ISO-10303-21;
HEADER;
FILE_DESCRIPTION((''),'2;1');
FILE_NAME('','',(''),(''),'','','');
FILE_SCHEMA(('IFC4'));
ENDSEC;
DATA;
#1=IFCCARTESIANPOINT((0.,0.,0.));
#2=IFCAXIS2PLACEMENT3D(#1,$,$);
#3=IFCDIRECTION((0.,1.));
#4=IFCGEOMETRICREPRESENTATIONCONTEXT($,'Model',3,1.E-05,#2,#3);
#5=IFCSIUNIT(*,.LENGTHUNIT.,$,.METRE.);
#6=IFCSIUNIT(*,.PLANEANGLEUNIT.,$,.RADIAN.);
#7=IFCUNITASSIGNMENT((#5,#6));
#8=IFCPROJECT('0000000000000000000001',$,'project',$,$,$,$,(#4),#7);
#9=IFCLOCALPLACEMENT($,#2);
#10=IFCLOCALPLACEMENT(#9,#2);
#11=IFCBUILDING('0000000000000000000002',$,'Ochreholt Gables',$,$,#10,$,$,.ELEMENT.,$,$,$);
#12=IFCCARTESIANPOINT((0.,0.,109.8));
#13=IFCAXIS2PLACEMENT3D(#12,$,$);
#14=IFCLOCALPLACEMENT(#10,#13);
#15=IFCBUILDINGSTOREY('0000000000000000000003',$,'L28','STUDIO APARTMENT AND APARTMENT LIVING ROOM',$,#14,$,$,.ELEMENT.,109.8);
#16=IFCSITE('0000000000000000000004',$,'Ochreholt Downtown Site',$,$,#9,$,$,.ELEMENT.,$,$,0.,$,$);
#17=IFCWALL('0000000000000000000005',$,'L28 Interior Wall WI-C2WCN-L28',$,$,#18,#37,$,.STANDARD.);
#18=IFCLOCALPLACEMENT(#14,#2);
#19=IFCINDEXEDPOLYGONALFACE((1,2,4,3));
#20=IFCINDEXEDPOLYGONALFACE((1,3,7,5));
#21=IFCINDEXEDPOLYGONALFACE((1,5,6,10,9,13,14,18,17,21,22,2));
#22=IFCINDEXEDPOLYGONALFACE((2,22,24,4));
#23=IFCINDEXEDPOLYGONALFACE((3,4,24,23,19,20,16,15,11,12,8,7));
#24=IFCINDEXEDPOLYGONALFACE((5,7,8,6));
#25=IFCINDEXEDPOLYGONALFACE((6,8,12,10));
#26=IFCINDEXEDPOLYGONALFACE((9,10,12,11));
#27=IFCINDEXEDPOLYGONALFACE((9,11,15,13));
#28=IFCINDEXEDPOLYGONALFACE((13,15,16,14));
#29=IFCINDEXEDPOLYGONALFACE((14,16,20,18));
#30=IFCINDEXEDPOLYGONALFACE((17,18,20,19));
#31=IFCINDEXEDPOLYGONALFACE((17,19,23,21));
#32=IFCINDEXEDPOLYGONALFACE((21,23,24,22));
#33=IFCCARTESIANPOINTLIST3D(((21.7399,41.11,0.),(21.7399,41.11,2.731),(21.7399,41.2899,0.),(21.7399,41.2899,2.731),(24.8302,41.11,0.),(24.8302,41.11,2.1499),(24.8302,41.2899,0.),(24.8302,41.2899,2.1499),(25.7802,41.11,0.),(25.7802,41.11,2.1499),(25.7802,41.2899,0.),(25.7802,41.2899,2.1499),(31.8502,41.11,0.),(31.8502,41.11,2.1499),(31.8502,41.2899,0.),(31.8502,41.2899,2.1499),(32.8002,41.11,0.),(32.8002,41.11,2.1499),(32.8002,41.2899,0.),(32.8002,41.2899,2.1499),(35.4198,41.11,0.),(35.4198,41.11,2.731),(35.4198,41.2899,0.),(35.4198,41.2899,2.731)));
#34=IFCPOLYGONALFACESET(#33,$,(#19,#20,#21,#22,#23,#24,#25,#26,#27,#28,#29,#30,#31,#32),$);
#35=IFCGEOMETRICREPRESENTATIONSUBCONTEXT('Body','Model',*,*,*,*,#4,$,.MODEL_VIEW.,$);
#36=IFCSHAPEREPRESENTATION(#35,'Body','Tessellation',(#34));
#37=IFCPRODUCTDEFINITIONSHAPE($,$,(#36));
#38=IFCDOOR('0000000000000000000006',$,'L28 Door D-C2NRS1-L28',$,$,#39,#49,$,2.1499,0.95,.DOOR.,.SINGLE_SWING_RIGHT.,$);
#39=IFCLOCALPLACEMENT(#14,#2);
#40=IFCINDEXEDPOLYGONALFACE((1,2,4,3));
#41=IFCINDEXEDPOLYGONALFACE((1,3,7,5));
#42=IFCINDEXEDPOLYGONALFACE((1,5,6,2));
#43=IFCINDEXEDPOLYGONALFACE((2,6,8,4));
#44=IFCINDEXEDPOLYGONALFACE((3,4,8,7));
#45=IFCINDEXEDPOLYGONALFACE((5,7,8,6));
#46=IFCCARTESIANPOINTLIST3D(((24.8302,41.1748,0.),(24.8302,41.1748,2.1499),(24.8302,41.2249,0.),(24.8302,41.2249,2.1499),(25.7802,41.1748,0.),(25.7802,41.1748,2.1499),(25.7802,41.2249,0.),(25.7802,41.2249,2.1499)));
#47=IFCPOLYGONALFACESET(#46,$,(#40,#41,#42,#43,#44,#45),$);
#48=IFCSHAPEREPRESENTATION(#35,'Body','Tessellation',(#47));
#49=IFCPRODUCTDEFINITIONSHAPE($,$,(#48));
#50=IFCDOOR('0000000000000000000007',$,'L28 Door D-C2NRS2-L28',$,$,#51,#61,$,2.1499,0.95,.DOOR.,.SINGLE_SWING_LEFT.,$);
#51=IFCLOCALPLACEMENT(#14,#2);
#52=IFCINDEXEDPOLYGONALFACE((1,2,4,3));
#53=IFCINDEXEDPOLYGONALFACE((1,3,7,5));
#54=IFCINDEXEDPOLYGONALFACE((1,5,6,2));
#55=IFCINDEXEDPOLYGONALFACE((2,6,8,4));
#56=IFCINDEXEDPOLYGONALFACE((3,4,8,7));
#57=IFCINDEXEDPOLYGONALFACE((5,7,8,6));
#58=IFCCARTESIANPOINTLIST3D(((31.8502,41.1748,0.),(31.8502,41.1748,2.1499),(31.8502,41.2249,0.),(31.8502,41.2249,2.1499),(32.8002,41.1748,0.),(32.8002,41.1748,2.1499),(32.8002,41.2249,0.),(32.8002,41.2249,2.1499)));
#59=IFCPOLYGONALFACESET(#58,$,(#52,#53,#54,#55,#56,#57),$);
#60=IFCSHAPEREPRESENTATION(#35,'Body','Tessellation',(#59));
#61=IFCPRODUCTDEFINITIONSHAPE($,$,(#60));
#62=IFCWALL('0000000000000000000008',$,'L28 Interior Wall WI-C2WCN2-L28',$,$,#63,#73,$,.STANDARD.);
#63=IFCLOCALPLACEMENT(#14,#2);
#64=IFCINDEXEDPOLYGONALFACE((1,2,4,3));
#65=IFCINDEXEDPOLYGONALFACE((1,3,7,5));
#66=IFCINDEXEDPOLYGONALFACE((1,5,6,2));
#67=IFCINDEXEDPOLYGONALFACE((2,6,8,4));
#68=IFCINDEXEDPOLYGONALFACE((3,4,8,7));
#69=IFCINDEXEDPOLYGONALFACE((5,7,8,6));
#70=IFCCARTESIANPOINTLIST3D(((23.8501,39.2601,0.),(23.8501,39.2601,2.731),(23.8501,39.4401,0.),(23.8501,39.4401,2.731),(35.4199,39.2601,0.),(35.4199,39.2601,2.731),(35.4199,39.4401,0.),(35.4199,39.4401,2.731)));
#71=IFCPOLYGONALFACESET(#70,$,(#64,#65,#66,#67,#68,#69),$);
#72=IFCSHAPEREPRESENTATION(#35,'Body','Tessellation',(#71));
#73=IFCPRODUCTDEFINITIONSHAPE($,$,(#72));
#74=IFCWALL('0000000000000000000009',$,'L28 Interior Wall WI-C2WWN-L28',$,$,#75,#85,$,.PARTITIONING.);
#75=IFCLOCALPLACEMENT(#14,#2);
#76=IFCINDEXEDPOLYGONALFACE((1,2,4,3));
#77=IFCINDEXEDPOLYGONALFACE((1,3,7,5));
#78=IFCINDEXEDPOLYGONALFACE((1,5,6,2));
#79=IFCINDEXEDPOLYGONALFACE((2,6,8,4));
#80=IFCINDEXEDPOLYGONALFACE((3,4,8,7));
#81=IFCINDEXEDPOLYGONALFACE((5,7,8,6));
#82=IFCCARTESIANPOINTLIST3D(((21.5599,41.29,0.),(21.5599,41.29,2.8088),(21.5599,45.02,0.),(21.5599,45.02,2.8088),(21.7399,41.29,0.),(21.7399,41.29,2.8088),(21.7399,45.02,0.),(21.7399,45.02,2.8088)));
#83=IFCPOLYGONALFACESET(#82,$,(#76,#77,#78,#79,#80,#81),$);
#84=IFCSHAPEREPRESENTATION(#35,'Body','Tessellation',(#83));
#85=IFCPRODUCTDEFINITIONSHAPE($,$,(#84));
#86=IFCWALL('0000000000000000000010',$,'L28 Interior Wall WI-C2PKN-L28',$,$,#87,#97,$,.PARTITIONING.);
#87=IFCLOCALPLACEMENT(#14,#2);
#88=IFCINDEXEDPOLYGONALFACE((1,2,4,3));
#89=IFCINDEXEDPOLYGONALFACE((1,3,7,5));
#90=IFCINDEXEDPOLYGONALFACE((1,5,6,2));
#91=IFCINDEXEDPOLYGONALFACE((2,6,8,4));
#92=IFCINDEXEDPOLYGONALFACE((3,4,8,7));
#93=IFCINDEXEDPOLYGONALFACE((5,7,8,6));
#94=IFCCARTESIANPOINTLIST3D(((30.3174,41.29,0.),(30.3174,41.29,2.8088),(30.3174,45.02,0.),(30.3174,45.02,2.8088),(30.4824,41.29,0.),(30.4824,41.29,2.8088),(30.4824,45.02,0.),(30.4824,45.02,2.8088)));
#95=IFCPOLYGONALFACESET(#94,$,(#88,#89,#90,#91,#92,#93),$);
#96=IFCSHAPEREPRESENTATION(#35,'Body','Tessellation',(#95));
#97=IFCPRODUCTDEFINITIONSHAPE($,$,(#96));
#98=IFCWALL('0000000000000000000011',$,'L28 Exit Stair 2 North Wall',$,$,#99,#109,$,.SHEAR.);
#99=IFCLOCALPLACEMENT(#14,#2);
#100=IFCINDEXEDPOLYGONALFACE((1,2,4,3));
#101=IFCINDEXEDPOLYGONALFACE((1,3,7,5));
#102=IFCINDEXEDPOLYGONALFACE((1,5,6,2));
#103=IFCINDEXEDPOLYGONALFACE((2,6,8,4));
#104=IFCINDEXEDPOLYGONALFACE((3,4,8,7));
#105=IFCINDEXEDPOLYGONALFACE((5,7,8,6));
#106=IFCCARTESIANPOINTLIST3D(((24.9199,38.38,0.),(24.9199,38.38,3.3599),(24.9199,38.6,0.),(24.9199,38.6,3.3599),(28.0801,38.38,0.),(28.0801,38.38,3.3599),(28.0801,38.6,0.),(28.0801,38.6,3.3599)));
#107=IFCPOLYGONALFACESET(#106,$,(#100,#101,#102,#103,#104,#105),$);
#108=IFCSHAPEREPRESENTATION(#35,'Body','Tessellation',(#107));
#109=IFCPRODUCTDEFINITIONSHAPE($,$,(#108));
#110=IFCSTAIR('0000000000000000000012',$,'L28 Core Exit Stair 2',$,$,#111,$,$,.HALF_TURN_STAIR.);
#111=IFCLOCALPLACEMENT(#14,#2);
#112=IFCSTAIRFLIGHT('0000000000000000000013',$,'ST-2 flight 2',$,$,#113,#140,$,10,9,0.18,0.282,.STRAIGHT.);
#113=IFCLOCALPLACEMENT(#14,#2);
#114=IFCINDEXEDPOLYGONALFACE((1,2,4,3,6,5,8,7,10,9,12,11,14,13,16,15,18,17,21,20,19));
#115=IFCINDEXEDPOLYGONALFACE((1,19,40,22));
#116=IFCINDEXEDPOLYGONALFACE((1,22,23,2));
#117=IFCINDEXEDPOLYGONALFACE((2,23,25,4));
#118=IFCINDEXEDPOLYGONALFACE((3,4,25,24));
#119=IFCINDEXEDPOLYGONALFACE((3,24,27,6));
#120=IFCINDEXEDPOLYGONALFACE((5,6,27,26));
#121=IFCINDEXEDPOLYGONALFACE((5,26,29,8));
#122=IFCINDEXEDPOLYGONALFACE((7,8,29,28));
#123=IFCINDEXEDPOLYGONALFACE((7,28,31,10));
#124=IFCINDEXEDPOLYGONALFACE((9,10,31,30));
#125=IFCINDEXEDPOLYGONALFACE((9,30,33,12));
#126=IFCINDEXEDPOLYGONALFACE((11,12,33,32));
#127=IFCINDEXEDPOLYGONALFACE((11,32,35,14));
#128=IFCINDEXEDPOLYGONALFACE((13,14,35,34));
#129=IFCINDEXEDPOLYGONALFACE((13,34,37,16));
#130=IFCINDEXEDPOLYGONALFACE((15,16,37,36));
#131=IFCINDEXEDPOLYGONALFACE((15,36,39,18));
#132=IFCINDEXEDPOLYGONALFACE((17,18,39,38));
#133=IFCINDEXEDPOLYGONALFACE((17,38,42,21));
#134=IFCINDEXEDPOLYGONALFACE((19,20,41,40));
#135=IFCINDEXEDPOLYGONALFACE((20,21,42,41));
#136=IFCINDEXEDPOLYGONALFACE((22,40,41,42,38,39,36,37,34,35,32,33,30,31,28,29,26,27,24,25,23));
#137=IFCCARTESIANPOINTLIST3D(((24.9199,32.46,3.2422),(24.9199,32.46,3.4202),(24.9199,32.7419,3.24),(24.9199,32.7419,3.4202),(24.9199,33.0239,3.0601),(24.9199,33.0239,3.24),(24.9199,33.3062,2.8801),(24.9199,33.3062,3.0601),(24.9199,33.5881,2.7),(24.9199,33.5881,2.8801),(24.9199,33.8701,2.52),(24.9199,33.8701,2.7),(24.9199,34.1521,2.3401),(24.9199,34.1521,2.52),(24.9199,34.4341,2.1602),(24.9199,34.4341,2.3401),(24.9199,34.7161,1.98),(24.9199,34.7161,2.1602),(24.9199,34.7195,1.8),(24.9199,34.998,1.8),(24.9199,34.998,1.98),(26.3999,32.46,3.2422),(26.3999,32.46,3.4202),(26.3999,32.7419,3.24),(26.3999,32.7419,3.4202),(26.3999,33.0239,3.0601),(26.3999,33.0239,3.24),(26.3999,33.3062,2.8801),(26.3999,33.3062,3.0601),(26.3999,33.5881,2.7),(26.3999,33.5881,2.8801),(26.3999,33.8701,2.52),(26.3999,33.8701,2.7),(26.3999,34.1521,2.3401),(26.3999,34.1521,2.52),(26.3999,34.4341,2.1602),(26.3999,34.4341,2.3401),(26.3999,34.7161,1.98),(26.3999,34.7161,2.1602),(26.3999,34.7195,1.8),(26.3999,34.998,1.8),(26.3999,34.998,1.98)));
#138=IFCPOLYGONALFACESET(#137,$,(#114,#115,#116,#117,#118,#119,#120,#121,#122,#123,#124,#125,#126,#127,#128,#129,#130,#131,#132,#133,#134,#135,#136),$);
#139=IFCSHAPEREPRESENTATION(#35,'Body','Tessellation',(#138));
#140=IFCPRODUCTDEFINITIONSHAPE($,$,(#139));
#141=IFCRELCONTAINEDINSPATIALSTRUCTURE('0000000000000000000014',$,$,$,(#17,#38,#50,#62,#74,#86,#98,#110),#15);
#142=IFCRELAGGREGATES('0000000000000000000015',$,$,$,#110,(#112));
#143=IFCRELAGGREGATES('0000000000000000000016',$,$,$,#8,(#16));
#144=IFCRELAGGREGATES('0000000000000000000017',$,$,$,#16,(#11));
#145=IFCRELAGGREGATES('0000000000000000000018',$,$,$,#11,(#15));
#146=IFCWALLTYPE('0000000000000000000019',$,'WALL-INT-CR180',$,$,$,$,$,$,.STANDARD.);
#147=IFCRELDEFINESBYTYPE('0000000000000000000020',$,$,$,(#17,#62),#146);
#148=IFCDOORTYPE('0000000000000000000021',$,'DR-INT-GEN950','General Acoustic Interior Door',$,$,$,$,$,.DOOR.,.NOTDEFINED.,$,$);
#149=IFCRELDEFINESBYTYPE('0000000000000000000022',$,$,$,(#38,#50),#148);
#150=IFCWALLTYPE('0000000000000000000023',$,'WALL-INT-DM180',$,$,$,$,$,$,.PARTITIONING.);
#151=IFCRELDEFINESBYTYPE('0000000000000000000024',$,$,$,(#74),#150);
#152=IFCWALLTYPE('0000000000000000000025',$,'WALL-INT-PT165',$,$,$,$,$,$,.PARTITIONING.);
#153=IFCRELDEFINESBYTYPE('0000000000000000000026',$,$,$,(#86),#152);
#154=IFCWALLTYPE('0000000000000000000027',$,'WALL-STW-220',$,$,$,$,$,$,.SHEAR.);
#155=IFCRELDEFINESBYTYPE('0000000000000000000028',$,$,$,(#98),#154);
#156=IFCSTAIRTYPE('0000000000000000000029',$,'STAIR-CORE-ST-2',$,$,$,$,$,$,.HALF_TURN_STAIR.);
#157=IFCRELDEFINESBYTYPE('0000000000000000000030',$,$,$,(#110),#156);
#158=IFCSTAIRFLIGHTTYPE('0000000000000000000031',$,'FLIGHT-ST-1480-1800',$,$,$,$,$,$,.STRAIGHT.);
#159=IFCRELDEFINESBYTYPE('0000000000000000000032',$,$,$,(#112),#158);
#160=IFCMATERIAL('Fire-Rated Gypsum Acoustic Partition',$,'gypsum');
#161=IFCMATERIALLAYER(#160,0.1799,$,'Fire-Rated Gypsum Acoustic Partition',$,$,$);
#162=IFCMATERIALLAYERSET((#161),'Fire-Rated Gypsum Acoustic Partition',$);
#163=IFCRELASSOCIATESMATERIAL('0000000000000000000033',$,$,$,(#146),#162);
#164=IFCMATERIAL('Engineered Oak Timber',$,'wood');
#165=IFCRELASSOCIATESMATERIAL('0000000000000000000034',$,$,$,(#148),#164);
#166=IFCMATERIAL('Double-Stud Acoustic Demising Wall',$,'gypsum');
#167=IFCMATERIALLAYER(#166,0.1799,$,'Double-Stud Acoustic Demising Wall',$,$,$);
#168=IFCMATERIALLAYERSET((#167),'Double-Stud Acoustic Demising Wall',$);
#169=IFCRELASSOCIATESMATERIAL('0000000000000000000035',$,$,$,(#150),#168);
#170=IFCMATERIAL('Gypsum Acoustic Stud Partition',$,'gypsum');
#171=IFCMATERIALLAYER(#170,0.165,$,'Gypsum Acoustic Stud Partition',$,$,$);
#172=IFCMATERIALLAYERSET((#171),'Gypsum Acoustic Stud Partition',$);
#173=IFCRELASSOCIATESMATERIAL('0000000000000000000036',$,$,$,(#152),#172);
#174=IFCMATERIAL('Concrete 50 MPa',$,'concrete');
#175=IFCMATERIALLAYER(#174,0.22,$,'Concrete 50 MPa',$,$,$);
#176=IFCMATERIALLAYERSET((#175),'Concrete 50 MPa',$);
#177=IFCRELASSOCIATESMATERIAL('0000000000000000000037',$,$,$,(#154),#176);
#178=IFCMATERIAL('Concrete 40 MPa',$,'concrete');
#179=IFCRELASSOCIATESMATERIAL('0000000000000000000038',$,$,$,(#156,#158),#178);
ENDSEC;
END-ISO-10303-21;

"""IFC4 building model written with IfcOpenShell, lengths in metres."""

from ifc_helpers import new_model, si_unit, direction, frame, frame_2d, origin, place, context, subcontext, project, spatial, polyline, rectangle, outline, extrude, material, layer, layer_set, type_object, element, fill, aggregate, save


model = new_model("IFC4")

# Units and contexts
model_context = context("Model", 3, precision=1e-05, world=origin(), true_north=direction((0.0, 1.0)))
body_context = subcontext(model_context, "Body", "Model", "MODEL_VIEW")
ifc_project = project(units=[si_unit("LENGTHUNIT", "METRE"), si_unit("PLANEANGLEUNIT", "RADIAN")], contexts=[model_context])

# Site, building, storey
site_placement = place(None, origin())
site = spatial("IfcSite", under=ifc_project, at=site_placement, Name="Ochreholt Downtown Site", CompositionType="ELEMENT", RefElevation=0.0)
building_placement = place(site_placement, origin())
building = spatial("IfcBuilding", under=site, at=building_placement, Name="Ochreholt Gables", CompositionType="ELEMENT")
storey_placement = place(building_placement, frame((0.0, 0.0, 109.8)))
storey = spatial("IfcBuildingStorey", under=building, at=storey_placement, Name="L28", Description="STUDIO APARTMENT AND APARTMENT LIVING ROOM", CompositionType="ELEMENT", Elevation=109.8)

# Wall, openings, doors
ifc_material_1 = material(Name="Fire-Rated Gypsum Acoustic Partition", Category="gypsum")
ifc_layer_1 = layer(ifc_material_1, 0.1799, Name="Fire-Rated Gypsum Acoustic Partition")
ifc_layer_set_1 = layer_set([ifc_layer_1], Name="Fire-Rated Gypsum Acoustic Partition")
wall_type_1 = type_object("IfcWallType", Name="WALL-INT-CR180", PredefinedType="STANDARD", material=ifc_layer_set_1)
wall_1_placement = place(storey_placement, frame((21.74, 41.2, 0.0), z_axis=(0.0, 0.0, 1.0), x_axis=(1.0, 0.0, 0.0)))
wall_1 = element("IfcWall", 1, at=wall_1_placement, inside=storey, type_object=wall_type_1, Name="L28 Interior Wall WI-C2WCN-L28", PredefinedType="STANDARD", context=body_context, shape_type="SweptSolid", body=[
    extrude(rectangle(XDim=13.6799, YDim=0.1799, at=frame_2d((6.8398, 0.0))), origin(), (0.0, 0.0, 1.0), 2.731),
])
opening_1_placement = place(wall_1_placement, frame((3.0901, 0.0, 0.0)))
opening_1 = element("IfcOpeningElement", 2, at=opening_1_placement, cuts=wall_1, PredefinedType="OPENING", context=body_context, shape_type="SweptSolid", body=[
    extrude(rectangle(XDim=0.95, YDim=2.1499, at=frame_2d((0.4751, 1.075))), frame((0.0, 0.0999, 0.0), z_axis=(0.0, -1.0, 0.0), x_axis=(1.0, 0.0, 0.0)), (0.0, 0.0, 1.0), 0.2),
])
opening_2_placement = place(wall_1_placement, frame((10.1101, 0.0, 0.0)))
opening_2 = element("IfcOpeningElement", 3, at=opening_2_placement, cuts=wall_1, PredefinedType="OPENING", context=body_context, shape_type="SweptSolid", body=[
    extrude(rectangle(XDim=0.95, YDim=2.1499, at=frame_2d((0.4751, 1.075))), frame((0.0, 0.0999, 0.0), z_axis=(0.0, -1.0, 0.0), x_axis=(1.0, 0.0, 0.0)), (0.0, 0.0, 1.0), 0.2),
])
ifc_material_2 = material(Name="Engineered Oak Timber", Category="wood")
door_type_1 = type_object("IfcDoorType", Name="DR-INT-GEN950", Description="General Acoustic Interior Door", OperationType="NOTDEFINED", PredefinedType="DOOR", material=ifc_material_2)
door_1_placement = place(opening_1_placement, origin())
door_1 = element("IfcDoor", 4, at=door_1_placement, inside=storey, type_object=door_type_1, Name="L28 Door D-C2NRS1-L28", OperationType="SINGLE_SWING_RIGHT", OverallHeight=2.1499, OverallWidth=0.95, PredefinedType="DOOR", context=body_context, shape_type="SweptSolid", body=[
    extrude(rectangle(XDim=0.95, YDim=2.1499, at=frame_2d((0.4751, 1.075))), frame((0.0, 0.0249, 0.0), z_axis=(0.0, -1.0, 0.0), x_axis=(1.0, 0.0, 0.0)), (0.0, 0.0, 1.0), 0.05),
])
fill(opening_1, door_1)
door_2_placement = place(opening_2_placement, origin())
door_2 = element("IfcDoor", 5, at=door_2_placement, inside=storey, type_object=door_type_1, Name="L28 Door D-C2NRS2-L28", OperationType="SINGLE_SWING_LEFT", OverallHeight=2.1499, OverallWidth=0.95, PredefinedType="DOOR", context=body_context, shape_type="SweptSolid", body=[
    extrude(rectangle(XDim=0.95, YDim=2.1499, at=frame_2d((0.4751, 1.075))), frame((0.0, 0.0249, 0.0), z_axis=(0.0, -1.0, 0.0), x_axis=(1.0, 0.0, 0.0)), (0.0, 0.0, 1.0), 0.05),
])
fill(opening_2, door_2)

# Walls
wall_2_placement = place(storey_placement, frame((23.8501, 39.3501, 0.0), z_axis=(0.0, 0.0, 1.0), x_axis=(1.0, 0.0, 0.0)))
element("IfcWall", 6, at=wall_2_placement, inside=storey, type_object=wall_type_1, Name="L28 Interior Wall WI-C2WCN2-L28", PredefinedType="STANDARD", context=body_context, shape_type="SweptSolid", body=[
    extrude(rectangle(XDim=11.5698, YDim=0.1799, at=frame_2d((5.7849, 0.0))), origin(), (0.0, 0.0, 1.0), 2.731),
])
ifc_material_3 = material(Name="Double-Stud Acoustic Demising Wall", Category="gypsum")
ifc_layer_2 = layer(ifc_material_3, 0.1799, Name="Double-Stud Acoustic Demising Wall")
ifc_layer_set_2 = layer_set([ifc_layer_2], Name="Double-Stud Acoustic Demising Wall")
wall_type_2 = type_object("IfcWallType", Name="WALL-INT-DM180", PredefinedType="PARTITIONING", material=ifc_layer_set_2)
wall_3_placement = place(storey_placement, frame((21.6499, 41.29, 0.0), z_axis=(0.0, 0.0, 1.0), x_axis=(0.0, 1.0, 0.0)))
element("IfcWall", 7, at=wall_3_placement, inside=storey, type_object=wall_type_2, Name="L28 Interior Wall WI-C2WWN-L28", PredefinedType="PARTITIONING", context=body_context, shape_type="SweptSolid", body=[
    extrude(rectangle(XDim=3.73, YDim=0.1799, at=frame_2d((1.865, 0.0))), origin(), (0.0, 0.0, 1.0), 2.8088),
])
ifc_material_4 = material(Name="Gypsum Acoustic Stud Partition", Category="gypsum")
ifc_layer_3 = layer(ifc_material_4, 0.165, Name="Gypsum Acoustic Stud Partition")
ifc_layer_set_3 = layer_set([ifc_layer_3], Name="Gypsum Acoustic Stud Partition")
wall_type_3 = type_object("IfcWallType", Name="WALL-INT-PT165", PredefinedType="PARTITIONING", material=ifc_layer_set_3)
wall_4_placement = place(storey_placement, frame((30.3999, 41.29, 0.0), z_axis=(0.0, 0.0, 1.0), x_axis=(0.0, 1.0, 0.0)))
element("IfcWall", 8, at=wall_4_placement, inside=storey, type_object=wall_type_3, Name="L28 Interior Wall WI-C2PKN-L28", PredefinedType="PARTITIONING", context=body_context, shape_type="SweptSolid", body=[
    extrude(rectangle(XDim=3.73, YDim=0.165, at=frame_2d((1.865, 0.0))), origin(), (0.0, 0.0, 1.0), 2.8088),
])
ifc_material_5 = material(Name="Concrete 50 MPa", Category="concrete")
ifc_layer_4 = layer(ifc_material_5, 0.22, Name="Concrete 50 MPa")
ifc_layer_set_4 = layer_set([ifc_layer_4], Name="Concrete 50 MPa")
wall_type_4 = type_object("IfcWallType", Name="WALL-STW-220", PredefinedType="SHEAR", material=ifc_layer_set_4)
wall_5_placement = place(storey_placement, frame((24.9199, 38.49, 0.0), z_axis=(0.0, 0.0, 1.0), x_axis=(1.0, 0.0, 0.0)))
element("IfcWall", 9, at=wall_5_placement, inside=storey, type_object=wall_type_4, Name="L28 Exit Stair 2 North Wall", PredefinedType="SHEAR", context=body_context, shape_type="SweptSolid", body=[
    extrude(rectangle(XDim=3.1602, YDim=0.22, at=frame_2d((1.5801, 0.0))), origin(), (0.0, 0.0, 1.0), 3.3599),
])

# Stair, stair flight
ifc_material_6 = material(Name="Concrete 40 MPa", Category="concrete")
stair_type = type_object("IfcStairType", Name="STAIR-CORE-ST-2", PredefinedType="HALF_TURN_STAIR", material=ifc_material_6)
stair_placement = place(storey_placement, origin())
stair = element("IfcStair", 10, at=stair_placement, inside=storey, type_object=stair_type, Name="L28 Core Exit Stair 2", PredefinedType="HALF_TURN_STAIR")
stair_flight_type = type_object("IfcStairFlightType", Name="FLIGHT-ST-1480-1800", PredefinedType="STRAIGHT", material=ifc_material_6)
stair_flight_placement = place(storey_placement, frame((25.6599, 34.998, 1.8), z_axis=(0.0, 0.0, 1.0), x_axis=(0.0, -1.0, 0.0)))
stair_flight = element("IfcStairFlight", 11, at=stair_flight_placement, type_object=stair_flight_type, Name="ST-2 flight 2", NumberOfRisers=10, NumberOfTreads=9, PredefinedType="STRAIGHT", RiserHeight=0.18, TreadLength=0.282, context=body_context, shape_type="SweptSolid", body=[
    extrude(outline(polyline([(0.0, 0.0), (0.0, 0.1799), (0.282, 0.1799), (0.282, 0.3601), (0.564, 0.3601), (0.564, 0.54), (0.8459, 0.54), (0.8459, 0.72), (1.1279, 0.72), (1.1279, 0.8999), (1.4099, 0.8999), (1.4099, 1.0801), (1.6919, 1.0801), (1.6919, 1.26), (1.9741, 1.26), (1.9741, 1.4399), (2.2561, 1.4399), (2.2561, 1.6201), (2.5381, 1.6201), (2.5381, 1.8), (2.5381, 1.4421), (0.2786, 0.0), (0.0, 0.0)])), frame((0.0, 0.74, 0.0), z_axis=(0.0, -1.0, 0.0), x_axis=(1.0, 0.0, 0.0)), (0.0, 0.0, 1.0), 1.48),
])
aggregate(stair, [stair_flight])

save(model, "model.ifc")
